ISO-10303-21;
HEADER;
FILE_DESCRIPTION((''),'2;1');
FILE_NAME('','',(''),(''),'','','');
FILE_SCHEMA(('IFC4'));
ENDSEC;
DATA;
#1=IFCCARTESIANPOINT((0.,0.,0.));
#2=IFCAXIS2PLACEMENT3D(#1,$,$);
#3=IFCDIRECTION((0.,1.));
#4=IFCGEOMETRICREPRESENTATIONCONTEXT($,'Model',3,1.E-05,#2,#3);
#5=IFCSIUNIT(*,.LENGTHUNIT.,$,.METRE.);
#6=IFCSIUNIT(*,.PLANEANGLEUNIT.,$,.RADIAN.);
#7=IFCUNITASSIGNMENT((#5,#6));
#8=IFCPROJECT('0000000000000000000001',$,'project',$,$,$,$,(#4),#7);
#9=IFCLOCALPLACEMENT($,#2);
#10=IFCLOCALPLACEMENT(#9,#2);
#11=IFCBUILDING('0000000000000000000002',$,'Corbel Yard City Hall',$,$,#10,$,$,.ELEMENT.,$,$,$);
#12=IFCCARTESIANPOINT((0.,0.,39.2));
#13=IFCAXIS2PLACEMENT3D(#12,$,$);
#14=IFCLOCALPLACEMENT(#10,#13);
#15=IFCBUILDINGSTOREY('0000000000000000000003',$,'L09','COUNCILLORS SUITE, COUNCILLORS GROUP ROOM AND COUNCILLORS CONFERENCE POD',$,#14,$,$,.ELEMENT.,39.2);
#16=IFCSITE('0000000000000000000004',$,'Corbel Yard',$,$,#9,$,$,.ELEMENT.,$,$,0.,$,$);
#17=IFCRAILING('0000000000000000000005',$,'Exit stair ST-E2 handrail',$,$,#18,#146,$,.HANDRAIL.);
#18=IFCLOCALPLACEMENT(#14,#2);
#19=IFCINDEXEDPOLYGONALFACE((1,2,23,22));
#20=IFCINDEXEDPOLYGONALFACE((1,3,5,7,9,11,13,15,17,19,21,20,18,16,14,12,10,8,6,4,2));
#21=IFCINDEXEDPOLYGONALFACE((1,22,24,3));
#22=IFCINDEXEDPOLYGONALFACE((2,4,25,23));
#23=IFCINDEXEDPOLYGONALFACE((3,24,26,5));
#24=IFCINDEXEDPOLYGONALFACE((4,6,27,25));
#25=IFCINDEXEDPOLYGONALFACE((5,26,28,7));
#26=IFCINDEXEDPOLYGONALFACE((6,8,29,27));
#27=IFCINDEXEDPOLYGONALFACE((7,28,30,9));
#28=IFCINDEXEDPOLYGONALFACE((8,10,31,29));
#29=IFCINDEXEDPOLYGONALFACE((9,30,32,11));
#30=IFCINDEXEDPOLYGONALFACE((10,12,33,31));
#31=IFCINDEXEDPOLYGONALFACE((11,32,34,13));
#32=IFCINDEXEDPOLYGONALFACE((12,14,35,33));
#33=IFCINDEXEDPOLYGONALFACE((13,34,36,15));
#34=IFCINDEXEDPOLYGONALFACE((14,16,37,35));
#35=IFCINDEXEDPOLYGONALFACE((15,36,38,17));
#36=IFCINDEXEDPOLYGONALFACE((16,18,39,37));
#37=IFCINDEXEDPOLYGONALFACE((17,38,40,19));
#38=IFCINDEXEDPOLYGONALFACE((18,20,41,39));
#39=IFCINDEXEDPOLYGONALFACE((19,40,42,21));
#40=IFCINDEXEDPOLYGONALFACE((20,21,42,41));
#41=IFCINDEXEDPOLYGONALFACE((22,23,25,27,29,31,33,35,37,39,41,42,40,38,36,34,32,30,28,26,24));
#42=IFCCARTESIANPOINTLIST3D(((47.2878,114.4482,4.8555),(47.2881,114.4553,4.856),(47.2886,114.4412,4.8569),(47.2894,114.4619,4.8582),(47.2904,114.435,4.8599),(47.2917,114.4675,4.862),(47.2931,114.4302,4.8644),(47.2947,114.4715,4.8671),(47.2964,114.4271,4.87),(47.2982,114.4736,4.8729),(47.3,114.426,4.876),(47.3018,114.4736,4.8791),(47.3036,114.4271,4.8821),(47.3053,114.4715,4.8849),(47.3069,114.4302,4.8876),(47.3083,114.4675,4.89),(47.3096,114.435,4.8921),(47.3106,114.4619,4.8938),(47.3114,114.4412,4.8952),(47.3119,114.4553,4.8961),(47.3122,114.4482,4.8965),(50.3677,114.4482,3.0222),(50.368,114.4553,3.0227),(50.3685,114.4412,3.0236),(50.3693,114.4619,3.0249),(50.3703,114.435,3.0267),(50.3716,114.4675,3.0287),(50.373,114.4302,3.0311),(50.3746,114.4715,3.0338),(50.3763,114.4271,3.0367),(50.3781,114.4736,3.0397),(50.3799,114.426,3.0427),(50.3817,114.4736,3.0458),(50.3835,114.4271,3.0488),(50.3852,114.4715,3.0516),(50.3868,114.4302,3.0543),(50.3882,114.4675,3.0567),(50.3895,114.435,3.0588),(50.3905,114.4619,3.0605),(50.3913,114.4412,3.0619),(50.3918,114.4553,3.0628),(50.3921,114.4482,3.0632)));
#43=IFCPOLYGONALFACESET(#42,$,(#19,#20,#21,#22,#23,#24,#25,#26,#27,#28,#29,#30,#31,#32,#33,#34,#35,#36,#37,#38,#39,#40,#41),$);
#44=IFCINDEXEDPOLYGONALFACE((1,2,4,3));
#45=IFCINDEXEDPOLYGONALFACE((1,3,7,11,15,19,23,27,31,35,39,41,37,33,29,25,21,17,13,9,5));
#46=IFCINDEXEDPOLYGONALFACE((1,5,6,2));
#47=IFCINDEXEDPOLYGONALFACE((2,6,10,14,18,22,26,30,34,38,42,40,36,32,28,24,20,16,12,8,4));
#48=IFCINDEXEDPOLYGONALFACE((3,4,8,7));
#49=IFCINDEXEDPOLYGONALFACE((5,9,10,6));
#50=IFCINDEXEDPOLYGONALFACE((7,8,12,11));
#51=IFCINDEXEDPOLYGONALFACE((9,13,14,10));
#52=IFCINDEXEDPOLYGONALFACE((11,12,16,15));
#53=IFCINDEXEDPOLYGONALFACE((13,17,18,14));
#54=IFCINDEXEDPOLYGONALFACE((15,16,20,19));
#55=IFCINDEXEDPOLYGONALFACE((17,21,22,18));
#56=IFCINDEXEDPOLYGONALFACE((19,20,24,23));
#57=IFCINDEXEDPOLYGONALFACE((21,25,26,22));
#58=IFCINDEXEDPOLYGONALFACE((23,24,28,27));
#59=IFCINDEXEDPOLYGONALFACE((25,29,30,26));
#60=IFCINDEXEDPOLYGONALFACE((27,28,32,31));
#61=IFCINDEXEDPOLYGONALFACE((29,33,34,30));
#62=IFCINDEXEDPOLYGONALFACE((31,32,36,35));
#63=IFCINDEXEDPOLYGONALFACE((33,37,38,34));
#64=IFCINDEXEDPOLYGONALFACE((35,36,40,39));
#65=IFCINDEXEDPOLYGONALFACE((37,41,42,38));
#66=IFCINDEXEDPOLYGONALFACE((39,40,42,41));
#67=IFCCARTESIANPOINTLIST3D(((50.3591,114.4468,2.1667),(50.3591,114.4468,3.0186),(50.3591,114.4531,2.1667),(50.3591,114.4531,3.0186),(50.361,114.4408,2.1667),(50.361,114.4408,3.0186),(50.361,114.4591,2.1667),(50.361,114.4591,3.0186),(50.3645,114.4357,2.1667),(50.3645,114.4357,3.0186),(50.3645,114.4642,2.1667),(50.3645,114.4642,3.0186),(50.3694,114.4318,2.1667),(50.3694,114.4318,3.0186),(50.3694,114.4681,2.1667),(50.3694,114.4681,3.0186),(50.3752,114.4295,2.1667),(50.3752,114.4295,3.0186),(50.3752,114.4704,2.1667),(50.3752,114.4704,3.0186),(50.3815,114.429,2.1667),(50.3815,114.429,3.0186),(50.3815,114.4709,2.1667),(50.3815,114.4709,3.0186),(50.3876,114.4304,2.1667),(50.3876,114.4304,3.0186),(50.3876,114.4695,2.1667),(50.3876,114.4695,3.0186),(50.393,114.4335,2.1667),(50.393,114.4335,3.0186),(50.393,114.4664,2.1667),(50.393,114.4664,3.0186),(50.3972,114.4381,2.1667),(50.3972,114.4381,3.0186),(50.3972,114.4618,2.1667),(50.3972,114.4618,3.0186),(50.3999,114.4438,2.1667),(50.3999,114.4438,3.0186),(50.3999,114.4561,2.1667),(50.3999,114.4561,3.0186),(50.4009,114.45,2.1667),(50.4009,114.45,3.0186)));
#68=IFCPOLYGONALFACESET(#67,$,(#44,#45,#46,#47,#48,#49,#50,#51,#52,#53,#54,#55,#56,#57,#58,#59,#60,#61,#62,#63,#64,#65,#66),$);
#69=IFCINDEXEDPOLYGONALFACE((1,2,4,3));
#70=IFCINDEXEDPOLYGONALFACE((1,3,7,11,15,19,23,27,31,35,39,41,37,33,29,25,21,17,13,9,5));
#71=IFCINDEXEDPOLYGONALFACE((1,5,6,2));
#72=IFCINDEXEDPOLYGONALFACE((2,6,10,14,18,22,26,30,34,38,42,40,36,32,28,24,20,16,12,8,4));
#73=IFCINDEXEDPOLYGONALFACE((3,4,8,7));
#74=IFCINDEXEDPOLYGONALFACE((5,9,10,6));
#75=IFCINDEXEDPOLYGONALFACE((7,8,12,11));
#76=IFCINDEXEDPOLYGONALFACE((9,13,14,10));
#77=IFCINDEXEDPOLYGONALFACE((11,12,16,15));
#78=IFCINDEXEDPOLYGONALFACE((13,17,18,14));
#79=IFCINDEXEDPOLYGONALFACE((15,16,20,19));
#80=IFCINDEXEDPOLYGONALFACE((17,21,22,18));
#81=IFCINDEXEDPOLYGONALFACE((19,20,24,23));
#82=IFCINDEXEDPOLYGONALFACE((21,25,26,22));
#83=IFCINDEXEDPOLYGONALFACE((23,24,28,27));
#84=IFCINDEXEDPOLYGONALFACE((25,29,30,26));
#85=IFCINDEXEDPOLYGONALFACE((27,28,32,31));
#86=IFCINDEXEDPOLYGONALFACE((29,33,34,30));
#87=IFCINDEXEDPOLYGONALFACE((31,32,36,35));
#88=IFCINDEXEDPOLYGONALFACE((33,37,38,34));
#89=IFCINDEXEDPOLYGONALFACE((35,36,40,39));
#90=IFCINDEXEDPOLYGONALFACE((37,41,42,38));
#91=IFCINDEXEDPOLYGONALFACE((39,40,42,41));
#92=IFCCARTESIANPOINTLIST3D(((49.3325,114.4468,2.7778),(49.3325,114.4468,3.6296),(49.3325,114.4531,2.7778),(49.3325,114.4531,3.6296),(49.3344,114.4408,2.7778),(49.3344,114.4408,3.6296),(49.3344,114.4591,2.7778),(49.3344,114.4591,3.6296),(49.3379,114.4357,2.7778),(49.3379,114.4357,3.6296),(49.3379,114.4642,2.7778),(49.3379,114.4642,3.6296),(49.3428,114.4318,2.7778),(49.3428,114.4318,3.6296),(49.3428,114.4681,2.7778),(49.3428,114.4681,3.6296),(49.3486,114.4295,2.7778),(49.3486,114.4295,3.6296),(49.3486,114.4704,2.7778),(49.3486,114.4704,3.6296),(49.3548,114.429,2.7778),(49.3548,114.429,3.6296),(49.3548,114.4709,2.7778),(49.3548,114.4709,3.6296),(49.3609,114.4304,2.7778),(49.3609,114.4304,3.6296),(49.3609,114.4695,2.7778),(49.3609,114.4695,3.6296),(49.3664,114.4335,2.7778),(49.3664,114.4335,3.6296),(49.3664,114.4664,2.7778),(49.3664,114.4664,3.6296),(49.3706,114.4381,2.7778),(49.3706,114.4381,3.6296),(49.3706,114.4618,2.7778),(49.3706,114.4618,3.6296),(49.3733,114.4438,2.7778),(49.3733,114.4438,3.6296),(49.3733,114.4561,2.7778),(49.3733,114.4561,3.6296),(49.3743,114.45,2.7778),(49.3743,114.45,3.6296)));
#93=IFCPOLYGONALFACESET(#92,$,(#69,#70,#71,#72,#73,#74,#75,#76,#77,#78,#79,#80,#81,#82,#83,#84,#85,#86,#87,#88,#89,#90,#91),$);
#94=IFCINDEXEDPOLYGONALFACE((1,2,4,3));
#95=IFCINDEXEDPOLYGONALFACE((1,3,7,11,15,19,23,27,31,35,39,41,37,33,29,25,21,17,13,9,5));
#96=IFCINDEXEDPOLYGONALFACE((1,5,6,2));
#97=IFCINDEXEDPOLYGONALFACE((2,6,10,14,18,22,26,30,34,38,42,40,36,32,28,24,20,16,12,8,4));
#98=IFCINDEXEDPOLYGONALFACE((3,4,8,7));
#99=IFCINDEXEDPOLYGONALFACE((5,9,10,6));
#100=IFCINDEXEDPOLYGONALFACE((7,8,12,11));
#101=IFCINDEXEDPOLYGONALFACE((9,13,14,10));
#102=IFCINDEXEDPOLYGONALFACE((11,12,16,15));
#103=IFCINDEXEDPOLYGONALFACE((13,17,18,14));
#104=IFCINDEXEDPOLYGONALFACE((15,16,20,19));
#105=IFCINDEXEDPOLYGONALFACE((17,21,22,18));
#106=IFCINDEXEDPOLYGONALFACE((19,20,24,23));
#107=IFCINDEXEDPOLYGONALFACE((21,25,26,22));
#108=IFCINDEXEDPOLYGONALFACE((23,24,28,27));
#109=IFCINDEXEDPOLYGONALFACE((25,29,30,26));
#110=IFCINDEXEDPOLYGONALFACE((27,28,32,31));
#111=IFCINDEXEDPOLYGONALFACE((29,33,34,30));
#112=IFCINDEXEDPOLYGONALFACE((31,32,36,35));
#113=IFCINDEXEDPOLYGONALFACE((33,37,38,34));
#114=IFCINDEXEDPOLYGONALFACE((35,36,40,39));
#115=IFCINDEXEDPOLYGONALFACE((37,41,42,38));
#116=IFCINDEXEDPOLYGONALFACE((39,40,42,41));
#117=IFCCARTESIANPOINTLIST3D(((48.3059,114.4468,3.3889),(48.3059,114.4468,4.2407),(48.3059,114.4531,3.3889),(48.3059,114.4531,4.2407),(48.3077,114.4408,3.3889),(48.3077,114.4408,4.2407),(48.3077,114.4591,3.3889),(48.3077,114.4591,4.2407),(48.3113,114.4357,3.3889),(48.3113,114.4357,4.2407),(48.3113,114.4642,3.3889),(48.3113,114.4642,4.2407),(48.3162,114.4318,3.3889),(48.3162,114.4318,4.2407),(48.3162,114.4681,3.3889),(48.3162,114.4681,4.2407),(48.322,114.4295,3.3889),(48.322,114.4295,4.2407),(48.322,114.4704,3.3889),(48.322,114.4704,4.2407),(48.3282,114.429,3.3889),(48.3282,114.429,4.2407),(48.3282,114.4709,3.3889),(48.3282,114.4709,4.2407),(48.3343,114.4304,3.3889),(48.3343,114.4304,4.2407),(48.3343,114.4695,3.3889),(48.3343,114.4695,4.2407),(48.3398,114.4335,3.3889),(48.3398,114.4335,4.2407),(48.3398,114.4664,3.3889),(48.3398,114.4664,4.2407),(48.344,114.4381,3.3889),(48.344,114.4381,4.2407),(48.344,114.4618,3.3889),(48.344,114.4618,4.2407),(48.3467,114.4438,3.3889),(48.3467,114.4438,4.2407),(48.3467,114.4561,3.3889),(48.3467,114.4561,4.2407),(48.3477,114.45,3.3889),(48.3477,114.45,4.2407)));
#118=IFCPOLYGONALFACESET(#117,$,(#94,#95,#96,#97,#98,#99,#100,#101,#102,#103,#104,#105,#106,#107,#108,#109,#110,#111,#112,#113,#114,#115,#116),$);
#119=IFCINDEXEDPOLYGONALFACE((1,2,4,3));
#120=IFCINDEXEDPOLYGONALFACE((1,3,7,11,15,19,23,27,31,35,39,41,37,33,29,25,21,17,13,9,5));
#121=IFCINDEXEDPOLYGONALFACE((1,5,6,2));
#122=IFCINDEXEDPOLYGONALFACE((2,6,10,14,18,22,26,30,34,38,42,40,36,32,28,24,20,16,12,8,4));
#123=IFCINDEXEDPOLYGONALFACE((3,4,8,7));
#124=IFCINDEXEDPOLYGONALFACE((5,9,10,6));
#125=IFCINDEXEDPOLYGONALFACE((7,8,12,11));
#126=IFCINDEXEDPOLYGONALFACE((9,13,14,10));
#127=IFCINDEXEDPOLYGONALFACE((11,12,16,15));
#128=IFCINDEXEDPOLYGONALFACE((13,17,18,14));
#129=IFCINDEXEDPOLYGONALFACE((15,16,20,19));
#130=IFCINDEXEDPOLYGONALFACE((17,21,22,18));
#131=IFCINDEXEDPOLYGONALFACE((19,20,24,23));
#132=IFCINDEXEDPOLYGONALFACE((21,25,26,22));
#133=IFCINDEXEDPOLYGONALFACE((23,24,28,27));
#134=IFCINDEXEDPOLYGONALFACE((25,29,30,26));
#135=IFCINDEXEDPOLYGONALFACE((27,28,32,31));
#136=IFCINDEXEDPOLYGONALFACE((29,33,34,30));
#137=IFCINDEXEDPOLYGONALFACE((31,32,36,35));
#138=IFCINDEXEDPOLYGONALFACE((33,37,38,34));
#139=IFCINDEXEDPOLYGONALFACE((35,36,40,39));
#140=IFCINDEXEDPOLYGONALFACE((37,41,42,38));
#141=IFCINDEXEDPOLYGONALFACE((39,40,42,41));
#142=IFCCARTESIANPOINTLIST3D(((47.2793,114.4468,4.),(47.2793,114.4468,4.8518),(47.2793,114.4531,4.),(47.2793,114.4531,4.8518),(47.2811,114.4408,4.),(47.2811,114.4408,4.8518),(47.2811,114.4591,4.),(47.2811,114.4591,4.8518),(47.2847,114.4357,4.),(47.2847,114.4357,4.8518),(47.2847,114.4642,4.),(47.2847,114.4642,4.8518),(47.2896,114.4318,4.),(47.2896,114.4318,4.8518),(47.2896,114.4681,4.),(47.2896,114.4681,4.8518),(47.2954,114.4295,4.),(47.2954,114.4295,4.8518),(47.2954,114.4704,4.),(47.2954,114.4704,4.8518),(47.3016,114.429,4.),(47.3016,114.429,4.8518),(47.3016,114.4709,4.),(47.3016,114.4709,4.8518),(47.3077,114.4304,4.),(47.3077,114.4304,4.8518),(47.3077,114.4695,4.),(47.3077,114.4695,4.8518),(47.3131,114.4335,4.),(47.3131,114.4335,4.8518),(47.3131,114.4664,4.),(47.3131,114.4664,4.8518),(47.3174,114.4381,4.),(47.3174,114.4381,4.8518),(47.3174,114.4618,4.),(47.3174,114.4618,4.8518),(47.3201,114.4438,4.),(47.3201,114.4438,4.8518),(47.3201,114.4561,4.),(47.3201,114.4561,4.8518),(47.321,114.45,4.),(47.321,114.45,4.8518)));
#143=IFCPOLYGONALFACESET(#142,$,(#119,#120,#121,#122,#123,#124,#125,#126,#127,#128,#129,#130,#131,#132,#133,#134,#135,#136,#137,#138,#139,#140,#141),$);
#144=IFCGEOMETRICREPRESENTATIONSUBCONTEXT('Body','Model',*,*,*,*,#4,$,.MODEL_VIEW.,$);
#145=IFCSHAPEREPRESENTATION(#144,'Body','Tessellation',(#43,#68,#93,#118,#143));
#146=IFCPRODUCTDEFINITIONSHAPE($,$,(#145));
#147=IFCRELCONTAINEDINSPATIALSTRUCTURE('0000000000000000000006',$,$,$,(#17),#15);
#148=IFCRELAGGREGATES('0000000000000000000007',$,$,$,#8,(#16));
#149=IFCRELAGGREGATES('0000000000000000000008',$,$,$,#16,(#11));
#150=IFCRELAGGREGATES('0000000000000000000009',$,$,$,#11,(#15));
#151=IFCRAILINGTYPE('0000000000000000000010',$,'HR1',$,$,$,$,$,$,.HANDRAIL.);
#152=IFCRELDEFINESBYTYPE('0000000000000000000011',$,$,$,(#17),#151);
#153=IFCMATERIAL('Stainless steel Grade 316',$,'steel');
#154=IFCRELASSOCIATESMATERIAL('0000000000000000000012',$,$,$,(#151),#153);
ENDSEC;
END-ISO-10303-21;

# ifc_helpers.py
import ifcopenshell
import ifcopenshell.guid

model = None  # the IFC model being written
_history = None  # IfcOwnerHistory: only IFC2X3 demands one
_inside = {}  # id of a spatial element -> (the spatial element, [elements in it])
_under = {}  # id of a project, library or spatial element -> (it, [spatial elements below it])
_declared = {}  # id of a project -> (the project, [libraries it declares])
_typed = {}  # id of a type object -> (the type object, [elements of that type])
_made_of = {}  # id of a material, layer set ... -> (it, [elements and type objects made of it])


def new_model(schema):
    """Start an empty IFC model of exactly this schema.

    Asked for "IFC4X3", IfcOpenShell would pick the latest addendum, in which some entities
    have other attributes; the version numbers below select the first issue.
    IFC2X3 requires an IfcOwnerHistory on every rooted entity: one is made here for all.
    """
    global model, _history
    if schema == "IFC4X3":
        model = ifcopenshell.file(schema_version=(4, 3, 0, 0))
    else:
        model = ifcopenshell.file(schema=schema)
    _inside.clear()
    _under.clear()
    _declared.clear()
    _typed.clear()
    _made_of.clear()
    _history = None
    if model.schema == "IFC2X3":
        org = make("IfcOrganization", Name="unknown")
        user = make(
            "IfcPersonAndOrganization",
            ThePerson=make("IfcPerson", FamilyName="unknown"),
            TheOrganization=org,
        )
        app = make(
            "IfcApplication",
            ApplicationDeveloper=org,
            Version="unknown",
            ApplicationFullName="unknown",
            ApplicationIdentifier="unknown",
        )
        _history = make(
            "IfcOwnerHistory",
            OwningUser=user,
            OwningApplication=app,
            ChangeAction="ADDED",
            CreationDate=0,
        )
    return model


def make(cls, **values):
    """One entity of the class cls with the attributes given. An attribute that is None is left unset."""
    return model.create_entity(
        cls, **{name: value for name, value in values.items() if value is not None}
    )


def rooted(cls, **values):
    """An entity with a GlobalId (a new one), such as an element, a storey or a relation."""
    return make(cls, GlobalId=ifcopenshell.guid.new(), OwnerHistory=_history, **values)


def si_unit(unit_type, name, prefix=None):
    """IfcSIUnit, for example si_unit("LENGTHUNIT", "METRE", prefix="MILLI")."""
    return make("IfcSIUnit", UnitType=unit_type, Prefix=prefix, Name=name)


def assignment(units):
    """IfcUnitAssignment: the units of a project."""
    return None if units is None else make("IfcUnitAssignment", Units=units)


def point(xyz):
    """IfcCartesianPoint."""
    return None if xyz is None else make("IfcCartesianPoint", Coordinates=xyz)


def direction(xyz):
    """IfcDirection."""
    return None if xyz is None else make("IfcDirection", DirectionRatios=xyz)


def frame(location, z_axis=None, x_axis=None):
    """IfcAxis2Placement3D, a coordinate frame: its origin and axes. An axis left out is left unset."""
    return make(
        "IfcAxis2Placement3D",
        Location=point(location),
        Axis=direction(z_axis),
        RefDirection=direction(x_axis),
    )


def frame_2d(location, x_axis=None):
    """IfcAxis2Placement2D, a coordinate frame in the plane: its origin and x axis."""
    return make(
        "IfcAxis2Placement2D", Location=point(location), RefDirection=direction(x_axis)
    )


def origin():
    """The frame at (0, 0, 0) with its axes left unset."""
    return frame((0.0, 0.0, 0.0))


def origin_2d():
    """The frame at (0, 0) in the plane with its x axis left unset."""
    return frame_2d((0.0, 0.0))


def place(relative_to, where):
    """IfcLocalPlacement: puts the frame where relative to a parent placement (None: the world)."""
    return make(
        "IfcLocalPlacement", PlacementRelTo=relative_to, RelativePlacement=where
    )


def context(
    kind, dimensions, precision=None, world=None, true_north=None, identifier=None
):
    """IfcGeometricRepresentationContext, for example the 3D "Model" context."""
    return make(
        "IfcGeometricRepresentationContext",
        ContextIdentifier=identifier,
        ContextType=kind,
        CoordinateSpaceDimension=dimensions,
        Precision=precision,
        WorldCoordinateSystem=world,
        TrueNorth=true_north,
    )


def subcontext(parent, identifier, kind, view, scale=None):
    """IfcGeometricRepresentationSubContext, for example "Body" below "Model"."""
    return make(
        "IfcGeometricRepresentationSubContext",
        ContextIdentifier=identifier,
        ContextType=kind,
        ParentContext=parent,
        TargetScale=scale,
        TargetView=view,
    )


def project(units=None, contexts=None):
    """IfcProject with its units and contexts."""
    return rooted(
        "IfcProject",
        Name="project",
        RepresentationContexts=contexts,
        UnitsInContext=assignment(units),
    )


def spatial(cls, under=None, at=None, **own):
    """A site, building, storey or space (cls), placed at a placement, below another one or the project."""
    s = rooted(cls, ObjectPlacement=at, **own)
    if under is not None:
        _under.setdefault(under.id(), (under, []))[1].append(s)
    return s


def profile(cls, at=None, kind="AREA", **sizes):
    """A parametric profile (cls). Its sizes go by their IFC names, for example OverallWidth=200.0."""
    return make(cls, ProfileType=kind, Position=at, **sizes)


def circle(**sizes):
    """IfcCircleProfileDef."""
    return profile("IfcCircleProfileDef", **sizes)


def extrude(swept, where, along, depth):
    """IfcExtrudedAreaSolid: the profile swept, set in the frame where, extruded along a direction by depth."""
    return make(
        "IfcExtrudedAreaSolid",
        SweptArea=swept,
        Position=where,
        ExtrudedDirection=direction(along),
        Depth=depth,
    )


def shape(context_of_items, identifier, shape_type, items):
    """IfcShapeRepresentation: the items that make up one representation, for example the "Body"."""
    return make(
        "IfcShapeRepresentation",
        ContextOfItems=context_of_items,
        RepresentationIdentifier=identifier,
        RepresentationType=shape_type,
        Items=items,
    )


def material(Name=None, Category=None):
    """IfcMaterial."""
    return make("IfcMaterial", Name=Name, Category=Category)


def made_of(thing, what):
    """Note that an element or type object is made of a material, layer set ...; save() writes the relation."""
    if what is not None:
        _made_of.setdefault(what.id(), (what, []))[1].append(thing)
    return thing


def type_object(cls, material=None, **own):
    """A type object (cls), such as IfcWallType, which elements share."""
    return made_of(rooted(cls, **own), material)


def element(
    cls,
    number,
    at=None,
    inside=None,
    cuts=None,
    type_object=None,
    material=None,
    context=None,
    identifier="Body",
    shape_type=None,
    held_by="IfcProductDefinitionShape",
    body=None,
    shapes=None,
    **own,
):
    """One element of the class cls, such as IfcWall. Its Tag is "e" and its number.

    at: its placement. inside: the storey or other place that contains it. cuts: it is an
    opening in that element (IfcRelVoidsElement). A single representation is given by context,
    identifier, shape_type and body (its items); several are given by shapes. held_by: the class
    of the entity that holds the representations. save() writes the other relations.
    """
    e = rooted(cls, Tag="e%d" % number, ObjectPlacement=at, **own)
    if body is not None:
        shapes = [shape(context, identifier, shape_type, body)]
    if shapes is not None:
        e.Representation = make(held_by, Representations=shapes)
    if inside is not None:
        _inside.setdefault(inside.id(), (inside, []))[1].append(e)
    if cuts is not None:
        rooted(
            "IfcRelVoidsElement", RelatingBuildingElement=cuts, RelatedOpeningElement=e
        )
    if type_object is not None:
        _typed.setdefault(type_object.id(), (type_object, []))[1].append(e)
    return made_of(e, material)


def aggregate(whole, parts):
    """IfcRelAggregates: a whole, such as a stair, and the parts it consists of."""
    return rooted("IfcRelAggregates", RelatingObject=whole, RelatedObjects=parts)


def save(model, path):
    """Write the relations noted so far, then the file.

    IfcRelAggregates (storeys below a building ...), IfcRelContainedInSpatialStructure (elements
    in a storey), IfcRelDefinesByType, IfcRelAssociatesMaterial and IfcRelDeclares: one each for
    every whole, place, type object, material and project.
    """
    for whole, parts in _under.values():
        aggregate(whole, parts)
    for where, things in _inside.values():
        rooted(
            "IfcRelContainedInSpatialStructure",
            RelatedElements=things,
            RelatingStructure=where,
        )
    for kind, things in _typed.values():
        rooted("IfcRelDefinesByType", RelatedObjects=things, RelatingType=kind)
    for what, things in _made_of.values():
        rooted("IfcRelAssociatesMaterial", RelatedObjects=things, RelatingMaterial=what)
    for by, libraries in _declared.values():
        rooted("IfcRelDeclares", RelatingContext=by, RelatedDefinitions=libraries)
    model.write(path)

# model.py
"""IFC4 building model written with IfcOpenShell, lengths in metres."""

from ifc_helpers import new_model, si_unit, direction, frame, origin, origin_2d, place, context, subcontext, project, spatial, circle, extrude, material, type_object, element, save


model = new_model("IFC4")

# Units and contexts
model_context = context("Model", 3, precision=1e-05, world=origin(), true_north=direction((0.0, 1.0)))
body_context = subcontext(model_context, "Body", "Model", "MODEL_VIEW")
ifc_project = project(units=[si_unit("LENGTHUNIT", "METRE"), si_unit("PLANEANGLEUNIT", "RADIAN")], contexts=[model_context])

# Site, building, storey
site_placement = place(None, origin())
site = spatial("IfcSite", under=ifc_project, at=site_placement, Name="Corbel Yard", CompositionType="ELEMENT", RefElevation=0.0)
building_placement = place(site_placement, origin())
building = spatial("IfcBuilding", under=site, at=building_placement, Name="Corbel Yard City Hall", CompositionType="ELEMENT")
storey_placement = place(building_placement, frame((0.0, 0.0, 39.2)))
storey = spatial("IfcBuildingStorey", under=building, at=storey_placement, Name="L09", Description="COUNCILLORS SUITE, COUNCILLORS GROUP ROOM AND COUNCILLORS CONFERENCE POD", CompositionType="ELEMENT", Elevation=39.2)

# Shared definitions
ifc_material_1 = material(Name="Stainless steel Grade 316", Category="steel")

# Railing
railing_type = type_object("IfcRailingType", Name="HR1", PredefinedType="HANDRAIL", material=ifc_material_1)
for number, where, name in (
    (1, (50.3799, 114.45, 2.1667), "Exit stair ST-E2 handrail"),
):
    element("IfcRailing", number, at=place(storey_placement, frame(where)), inside=storey, type_object=railing_type, Name=name, PredefinedType="HANDRAIL", context=body_context, shape_type="SweptSolid", body=[
        extrude(circle(Radius=0.0239, at=origin_2d()), frame((0.0, 0.0, 0.876), z_axis=(-0.859291, 0.0, 0.511487), x_axis=(0.0, -1.0, 0.0)), (0.0, 0.0, 1.0), 3.5842),
        extrude(circle(Radius=0.021, at=origin_2d()), origin(), (0.0, 0.0, 1.0), 0.8518),
        extrude(circle(Radius=0.021, at=origin_2d()), frame((-1.0266, 0.0, 0.6111)), (0.0, 0.0, 1.0), 0.8518),
        extrude(circle(Radius=0.021, at=origin_2d()), frame((-2.0532, 0.0, 1.2222)), (0.0, 0.0, 1.0), 0.8518),
        extrude(circle(Radius=0.021, at=origin_2d()), frame((-3.0798, 0.0, 1.8333)), (0.0, 0.0, 1.0), 0.8518),
    ])

save(model, "model.ifc")
